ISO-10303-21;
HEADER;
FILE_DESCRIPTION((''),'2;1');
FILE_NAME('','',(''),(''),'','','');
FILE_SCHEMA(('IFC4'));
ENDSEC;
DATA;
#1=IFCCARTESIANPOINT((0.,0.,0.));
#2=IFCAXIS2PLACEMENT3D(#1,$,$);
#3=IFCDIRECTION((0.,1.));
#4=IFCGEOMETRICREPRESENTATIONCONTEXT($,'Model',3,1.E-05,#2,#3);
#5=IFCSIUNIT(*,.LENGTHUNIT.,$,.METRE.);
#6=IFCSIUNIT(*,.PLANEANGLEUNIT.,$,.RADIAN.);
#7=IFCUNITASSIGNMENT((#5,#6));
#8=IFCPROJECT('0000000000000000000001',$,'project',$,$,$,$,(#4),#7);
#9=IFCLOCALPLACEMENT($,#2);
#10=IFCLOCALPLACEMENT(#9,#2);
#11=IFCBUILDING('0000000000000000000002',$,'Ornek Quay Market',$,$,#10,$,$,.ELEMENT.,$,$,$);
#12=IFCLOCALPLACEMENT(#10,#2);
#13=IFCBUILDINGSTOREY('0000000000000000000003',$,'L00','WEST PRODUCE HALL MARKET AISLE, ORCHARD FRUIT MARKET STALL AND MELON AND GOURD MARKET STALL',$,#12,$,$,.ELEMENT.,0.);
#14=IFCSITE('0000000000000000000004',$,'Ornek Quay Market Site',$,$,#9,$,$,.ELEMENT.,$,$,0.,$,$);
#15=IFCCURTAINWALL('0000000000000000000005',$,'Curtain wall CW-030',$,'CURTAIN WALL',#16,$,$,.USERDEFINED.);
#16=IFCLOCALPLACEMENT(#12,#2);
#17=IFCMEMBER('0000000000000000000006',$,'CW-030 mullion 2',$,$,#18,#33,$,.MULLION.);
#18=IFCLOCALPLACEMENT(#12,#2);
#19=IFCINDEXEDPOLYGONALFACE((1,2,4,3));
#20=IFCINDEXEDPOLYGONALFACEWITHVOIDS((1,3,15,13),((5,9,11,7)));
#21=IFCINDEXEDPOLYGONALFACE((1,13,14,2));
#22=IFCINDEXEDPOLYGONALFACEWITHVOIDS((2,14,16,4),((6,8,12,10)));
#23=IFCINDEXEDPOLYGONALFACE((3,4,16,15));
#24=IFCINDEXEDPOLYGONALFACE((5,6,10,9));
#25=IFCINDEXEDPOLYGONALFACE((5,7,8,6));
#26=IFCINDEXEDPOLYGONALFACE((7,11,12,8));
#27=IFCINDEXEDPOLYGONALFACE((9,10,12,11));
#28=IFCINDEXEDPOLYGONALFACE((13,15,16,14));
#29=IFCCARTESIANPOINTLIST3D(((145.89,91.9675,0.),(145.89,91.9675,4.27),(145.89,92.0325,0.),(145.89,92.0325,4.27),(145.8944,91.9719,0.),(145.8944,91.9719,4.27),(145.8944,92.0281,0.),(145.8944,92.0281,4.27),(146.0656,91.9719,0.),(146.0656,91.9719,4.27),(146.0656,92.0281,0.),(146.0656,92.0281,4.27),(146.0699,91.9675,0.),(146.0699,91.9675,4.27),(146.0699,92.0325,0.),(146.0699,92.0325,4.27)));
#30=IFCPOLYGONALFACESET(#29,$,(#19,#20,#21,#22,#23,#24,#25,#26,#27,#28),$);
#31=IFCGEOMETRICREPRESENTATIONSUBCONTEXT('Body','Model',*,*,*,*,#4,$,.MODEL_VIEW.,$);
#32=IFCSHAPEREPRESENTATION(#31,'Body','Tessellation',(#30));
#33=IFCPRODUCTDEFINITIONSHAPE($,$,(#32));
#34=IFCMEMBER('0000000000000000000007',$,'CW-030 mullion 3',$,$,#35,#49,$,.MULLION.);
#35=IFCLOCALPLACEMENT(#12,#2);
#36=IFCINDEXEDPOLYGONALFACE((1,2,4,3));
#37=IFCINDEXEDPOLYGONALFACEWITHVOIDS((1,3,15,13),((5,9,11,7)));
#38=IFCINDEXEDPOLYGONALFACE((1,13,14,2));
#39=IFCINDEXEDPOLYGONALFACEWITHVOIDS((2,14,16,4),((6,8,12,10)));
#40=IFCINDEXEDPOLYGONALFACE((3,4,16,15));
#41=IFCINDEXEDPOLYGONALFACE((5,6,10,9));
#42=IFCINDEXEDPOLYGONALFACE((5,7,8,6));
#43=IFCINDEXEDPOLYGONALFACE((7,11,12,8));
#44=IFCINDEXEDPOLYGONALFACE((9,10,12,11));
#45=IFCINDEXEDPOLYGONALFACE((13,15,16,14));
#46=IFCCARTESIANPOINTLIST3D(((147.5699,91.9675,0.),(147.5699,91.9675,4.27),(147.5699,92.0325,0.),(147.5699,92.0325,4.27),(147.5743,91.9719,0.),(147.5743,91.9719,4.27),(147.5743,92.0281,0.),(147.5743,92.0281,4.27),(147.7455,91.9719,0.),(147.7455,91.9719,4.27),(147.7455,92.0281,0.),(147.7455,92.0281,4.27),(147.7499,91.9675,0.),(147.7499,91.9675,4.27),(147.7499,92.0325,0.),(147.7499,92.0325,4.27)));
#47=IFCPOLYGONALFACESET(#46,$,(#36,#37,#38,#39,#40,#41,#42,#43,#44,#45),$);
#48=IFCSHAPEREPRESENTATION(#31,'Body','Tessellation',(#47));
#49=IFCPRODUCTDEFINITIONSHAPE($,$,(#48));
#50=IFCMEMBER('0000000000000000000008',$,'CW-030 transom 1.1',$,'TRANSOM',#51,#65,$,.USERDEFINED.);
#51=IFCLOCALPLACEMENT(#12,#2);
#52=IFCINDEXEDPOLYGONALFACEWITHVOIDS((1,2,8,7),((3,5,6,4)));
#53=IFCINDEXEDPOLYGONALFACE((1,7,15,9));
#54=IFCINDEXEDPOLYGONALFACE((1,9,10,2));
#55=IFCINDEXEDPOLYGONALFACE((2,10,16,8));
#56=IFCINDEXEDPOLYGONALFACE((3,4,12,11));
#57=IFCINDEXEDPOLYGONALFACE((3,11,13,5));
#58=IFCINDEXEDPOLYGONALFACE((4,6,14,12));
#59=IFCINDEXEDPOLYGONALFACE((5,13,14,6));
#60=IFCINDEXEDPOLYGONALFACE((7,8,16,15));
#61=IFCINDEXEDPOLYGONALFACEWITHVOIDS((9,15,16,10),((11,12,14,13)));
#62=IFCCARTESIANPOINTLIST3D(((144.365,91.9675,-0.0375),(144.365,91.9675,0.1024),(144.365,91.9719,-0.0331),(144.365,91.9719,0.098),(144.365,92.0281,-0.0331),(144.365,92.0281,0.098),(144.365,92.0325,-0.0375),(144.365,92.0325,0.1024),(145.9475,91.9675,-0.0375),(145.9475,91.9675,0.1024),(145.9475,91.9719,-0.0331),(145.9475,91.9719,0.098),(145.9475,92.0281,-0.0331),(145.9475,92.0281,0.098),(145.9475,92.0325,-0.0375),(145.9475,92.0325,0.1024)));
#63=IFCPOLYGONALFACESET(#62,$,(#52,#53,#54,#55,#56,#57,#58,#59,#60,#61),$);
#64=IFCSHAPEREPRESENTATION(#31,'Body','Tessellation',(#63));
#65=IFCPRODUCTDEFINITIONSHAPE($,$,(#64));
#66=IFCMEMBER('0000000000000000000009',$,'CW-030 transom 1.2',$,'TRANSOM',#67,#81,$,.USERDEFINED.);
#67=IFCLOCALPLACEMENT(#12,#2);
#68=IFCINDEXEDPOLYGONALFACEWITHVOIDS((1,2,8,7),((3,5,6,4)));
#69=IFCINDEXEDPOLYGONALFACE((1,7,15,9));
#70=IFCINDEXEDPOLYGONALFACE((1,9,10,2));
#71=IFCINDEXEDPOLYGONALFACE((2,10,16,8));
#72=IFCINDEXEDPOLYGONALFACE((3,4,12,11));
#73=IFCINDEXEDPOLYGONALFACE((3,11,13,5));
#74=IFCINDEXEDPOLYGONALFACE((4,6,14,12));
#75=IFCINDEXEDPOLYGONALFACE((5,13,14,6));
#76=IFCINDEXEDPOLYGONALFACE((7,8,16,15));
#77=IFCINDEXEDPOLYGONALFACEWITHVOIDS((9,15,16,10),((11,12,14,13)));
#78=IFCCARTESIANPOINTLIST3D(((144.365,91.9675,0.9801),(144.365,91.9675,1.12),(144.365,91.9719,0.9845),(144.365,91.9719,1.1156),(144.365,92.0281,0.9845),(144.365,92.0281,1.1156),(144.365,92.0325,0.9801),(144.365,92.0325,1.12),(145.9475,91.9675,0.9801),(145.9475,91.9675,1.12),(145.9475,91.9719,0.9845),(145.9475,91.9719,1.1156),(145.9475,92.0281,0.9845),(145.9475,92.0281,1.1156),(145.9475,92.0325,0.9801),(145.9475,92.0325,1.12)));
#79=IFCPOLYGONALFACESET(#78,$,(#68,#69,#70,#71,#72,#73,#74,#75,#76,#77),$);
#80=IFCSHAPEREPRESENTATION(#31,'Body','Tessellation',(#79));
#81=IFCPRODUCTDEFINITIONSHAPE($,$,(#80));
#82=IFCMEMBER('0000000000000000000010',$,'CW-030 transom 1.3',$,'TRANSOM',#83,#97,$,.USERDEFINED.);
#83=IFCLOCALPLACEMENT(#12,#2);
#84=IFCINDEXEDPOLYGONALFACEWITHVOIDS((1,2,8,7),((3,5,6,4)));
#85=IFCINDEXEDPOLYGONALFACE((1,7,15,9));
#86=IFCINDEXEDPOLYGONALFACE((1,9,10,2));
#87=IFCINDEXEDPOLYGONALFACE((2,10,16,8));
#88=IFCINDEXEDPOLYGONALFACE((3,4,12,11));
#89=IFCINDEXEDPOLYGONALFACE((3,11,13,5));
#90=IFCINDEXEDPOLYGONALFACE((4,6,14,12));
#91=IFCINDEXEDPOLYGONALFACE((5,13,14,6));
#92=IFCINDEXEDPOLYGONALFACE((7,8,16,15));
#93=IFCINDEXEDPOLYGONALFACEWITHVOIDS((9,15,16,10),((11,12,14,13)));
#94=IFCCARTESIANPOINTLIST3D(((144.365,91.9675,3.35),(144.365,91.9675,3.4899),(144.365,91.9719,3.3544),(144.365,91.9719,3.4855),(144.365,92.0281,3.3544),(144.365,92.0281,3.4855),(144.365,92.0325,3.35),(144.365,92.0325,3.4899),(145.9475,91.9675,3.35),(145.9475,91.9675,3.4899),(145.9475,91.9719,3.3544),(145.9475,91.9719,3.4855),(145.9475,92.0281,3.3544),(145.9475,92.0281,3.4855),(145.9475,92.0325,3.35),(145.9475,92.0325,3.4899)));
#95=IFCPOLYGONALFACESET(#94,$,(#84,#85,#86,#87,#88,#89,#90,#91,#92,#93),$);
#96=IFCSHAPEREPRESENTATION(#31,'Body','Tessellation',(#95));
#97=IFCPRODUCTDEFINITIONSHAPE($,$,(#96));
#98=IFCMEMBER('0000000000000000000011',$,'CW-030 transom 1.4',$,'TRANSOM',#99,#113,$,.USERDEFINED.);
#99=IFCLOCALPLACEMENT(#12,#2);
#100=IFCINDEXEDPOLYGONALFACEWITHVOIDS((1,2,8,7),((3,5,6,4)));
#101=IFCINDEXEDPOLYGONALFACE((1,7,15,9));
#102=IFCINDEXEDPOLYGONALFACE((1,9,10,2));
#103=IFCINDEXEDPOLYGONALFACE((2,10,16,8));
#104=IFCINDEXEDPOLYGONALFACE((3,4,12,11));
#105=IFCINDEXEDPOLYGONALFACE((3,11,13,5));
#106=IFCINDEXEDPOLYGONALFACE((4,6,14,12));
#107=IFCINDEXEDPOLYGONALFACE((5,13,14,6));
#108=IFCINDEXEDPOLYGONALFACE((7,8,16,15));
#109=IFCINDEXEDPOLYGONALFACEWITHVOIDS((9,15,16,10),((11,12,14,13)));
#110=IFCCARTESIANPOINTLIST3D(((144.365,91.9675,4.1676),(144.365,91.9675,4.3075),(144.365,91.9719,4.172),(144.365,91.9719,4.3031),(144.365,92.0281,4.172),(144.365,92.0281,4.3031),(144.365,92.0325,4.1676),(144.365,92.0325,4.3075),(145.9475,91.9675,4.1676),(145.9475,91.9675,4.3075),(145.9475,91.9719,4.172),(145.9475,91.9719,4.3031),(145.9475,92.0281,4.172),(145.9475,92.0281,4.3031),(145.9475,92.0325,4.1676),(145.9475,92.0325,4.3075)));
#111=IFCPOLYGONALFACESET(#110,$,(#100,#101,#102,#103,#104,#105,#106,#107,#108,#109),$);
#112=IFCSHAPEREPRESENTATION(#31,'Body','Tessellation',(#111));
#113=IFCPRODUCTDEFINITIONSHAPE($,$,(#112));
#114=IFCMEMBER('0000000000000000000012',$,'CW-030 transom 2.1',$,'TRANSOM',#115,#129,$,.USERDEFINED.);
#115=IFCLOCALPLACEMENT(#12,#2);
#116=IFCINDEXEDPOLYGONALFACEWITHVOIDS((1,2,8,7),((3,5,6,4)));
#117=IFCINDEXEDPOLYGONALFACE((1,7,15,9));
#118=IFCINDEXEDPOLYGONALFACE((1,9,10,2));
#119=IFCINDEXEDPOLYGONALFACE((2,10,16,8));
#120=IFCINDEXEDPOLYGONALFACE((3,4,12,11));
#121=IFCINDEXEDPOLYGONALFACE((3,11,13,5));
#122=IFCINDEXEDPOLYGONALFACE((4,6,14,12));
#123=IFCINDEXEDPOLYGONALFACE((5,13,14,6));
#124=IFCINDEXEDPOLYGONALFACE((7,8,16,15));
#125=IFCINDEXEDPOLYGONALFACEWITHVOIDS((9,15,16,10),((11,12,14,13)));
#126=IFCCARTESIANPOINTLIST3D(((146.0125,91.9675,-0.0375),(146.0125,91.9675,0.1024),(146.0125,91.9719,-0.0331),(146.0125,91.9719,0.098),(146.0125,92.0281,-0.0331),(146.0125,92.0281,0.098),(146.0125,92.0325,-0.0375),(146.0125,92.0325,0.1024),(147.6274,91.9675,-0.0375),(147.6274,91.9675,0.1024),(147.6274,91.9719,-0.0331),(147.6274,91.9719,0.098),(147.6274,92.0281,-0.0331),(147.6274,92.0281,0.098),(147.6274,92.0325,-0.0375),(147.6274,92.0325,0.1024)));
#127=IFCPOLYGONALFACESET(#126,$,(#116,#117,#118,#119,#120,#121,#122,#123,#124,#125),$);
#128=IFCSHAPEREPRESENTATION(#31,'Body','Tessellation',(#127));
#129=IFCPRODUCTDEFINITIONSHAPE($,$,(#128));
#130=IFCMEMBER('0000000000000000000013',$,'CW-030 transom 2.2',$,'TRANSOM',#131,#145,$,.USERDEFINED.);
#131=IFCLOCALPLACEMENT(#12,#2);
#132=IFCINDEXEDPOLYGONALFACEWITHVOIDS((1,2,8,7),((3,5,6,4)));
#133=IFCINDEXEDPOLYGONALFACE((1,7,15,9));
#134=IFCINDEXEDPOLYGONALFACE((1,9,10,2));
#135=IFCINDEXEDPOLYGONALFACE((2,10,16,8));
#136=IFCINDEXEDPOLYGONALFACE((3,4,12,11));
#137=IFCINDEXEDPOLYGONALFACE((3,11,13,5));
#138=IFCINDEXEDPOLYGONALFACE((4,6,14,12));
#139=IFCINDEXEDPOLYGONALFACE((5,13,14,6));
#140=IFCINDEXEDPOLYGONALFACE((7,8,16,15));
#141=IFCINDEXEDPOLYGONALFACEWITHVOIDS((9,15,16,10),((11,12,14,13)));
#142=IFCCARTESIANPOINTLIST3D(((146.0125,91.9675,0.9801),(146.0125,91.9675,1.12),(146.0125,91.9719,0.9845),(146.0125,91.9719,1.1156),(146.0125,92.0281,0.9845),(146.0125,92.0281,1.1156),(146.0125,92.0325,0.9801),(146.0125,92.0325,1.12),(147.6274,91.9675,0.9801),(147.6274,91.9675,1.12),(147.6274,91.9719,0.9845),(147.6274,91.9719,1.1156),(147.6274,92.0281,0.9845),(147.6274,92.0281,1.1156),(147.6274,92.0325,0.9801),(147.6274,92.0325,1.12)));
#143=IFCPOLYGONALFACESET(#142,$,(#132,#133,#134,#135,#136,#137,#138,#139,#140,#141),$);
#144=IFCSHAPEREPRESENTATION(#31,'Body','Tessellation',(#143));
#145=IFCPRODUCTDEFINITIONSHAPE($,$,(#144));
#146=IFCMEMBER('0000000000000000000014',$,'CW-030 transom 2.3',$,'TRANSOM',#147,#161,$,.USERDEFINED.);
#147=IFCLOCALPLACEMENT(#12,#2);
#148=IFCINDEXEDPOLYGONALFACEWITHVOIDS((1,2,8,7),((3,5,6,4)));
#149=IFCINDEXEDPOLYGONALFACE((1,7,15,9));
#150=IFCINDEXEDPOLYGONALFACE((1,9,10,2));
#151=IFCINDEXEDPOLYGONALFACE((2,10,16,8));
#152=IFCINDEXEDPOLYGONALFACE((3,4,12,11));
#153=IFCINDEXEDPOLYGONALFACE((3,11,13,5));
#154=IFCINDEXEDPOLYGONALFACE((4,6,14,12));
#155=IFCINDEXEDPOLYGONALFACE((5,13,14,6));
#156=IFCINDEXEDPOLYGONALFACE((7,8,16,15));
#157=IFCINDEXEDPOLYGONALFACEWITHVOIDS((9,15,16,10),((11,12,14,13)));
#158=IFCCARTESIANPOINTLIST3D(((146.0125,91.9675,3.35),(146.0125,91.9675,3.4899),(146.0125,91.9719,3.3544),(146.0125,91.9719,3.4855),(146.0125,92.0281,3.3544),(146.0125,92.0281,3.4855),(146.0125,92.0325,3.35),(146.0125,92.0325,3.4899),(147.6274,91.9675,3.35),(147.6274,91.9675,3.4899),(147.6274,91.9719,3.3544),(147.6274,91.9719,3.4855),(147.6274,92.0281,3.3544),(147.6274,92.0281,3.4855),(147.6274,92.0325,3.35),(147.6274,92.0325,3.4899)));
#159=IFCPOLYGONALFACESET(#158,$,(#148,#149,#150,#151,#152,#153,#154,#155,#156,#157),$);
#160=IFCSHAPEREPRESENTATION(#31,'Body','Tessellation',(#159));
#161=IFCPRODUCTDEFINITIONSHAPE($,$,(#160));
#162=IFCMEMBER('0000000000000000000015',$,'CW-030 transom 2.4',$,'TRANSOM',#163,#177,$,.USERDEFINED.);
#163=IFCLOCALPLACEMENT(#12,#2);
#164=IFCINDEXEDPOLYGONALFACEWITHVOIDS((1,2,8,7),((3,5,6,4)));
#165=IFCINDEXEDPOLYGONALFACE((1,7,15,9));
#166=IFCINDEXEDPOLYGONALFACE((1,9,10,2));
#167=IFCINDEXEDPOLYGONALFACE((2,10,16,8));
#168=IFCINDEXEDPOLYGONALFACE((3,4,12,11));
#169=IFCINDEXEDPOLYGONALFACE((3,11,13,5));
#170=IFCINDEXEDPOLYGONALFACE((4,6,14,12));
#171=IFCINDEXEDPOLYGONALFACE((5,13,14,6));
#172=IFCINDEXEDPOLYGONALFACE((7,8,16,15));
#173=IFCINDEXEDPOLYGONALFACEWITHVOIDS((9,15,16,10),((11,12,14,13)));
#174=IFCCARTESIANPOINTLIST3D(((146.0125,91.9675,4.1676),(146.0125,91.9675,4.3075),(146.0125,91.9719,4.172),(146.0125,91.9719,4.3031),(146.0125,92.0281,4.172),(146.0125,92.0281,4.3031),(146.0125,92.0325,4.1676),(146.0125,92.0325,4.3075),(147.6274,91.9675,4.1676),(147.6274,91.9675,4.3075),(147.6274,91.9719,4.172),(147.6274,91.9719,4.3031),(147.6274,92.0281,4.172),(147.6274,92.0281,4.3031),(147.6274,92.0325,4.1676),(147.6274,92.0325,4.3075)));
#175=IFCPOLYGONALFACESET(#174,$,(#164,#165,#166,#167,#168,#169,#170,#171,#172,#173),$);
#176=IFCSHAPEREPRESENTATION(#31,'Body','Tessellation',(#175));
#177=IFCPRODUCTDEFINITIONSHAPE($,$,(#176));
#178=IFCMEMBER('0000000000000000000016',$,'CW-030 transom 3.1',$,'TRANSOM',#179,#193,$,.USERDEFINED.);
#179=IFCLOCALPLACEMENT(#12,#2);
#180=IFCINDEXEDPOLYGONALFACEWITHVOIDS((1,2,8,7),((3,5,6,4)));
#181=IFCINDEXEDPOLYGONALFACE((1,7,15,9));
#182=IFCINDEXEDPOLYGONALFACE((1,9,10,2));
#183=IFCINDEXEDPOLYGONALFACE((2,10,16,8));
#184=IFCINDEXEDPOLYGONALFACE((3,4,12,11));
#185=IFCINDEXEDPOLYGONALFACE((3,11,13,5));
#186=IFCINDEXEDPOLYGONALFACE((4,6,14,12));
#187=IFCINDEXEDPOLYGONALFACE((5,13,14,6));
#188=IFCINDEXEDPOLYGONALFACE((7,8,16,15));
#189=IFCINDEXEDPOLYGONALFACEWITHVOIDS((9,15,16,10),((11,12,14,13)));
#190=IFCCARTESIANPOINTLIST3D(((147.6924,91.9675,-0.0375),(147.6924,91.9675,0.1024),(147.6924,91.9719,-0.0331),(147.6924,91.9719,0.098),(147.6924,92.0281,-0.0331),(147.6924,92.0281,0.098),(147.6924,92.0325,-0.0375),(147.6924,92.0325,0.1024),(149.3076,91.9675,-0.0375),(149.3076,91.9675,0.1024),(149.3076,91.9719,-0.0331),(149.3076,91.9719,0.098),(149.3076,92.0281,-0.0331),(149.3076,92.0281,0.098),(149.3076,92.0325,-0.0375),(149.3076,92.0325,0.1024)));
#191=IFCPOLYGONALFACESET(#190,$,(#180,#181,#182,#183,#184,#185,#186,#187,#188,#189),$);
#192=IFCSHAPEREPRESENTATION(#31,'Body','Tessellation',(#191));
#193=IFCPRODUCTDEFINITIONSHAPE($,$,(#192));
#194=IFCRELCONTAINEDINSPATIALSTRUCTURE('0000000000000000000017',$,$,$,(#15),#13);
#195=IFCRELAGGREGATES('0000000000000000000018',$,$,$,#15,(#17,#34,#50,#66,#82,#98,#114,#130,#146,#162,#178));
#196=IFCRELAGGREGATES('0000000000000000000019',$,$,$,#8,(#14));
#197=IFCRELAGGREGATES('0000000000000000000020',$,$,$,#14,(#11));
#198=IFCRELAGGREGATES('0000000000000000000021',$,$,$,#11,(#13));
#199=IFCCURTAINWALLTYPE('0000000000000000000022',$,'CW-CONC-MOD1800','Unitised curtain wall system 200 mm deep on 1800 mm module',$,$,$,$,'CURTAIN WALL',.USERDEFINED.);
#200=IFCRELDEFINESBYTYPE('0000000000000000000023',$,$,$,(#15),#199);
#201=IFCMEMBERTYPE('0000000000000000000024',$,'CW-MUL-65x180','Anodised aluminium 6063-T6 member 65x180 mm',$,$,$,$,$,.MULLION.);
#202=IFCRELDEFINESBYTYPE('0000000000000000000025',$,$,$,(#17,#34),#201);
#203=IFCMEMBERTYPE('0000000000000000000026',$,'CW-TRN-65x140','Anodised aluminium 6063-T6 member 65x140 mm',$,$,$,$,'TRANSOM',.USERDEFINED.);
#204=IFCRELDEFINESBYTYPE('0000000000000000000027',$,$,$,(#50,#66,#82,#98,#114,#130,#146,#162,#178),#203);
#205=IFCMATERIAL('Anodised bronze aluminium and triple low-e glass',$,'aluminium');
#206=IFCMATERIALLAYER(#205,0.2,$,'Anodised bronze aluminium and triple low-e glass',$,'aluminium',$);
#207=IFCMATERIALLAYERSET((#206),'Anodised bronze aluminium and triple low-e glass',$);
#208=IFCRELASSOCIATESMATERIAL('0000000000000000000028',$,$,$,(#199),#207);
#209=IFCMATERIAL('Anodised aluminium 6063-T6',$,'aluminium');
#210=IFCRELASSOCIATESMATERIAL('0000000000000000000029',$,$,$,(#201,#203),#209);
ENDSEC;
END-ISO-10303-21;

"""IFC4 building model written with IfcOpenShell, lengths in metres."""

from ifc_helpers import new_model, si_unit, direction, frame, origin, origin_2d, place, context, subcontext, project, spatial, hollow_rectangle, extrude, material, layer, layer_set, material_profile, profile_set, type_object, element, aggregate, save


model = new_model("IFC4")

# Units and contexts
model_context = context("Model", 3, precision=1e-05, world=origin(), true_north=direction((0.0, 1.0)))
body_context = subcontext(model_context, "Body", "Model", "MODEL_VIEW")
ifc_project = project(units=[si_unit("LENGTHUNIT", "METRE"), si_unit("PLANEANGLEUNIT", "RADIAN")], contexts=[model_context])

# Site, building, storey
site_placement = place(None, origin())
site = spatial("IfcSite", under=ifc_project, at=site_placement, Name="Ornek Quay Market Site", CompositionType="ELEMENT", RefElevation=0.0)
building_placement = place(site_placement, origin())
building = spatial("IfcBuilding", under=site, at=building_placement, Name="Ornek Quay Market", CompositionType="ELEMENT")
storey_placement = place(building_placement, origin())
storey = spatial("IfcBuildingStorey", under=building, at=storey_placement, Name="L00", Description="WEST PRODUCE HALL MARKET AISLE, ORCHARD FRUIT MARKET STALL AND MELON AND GOURD MARKET STALL", CompositionType="ELEMENT", Elevation=0.0)

# Curtain wall, members
ifc_material_1 = material(Name="Anodised bronze aluminium and triple low-e glass", Category="aluminium")
ifc_layer_1 = layer(ifc_material_1, 0.2, Name="Anodised bronze aluminium and triple low-e glass", Category="aluminium")
ifc_layer_set_1 = layer_set([ifc_layer_1], Name="Anodised bronze aluminium and triple low-e glass")
curtain_wall_type = type_object("IfcCurtainWallType", Name="CW-CONC-MOD1800", Description="Unitised curtain wall system 200 mm deep on 1800 mm module", ElementType="CURTAIN WALL", PredefinedType="USERDEFINED", material=ifc_layer_set_1)
curtain_wall_placement = place(storey_placement, origin())
curtain_wall = element("IfcCurtainWall", 1, at=curtain_wall_placement, inside=storey, type_object=curtain_wall_type, Name="Curtain wall CW-030", ObjectType="CURTAIN WALL", PredefinedType="USERDEFINED")
ifc_material_2 = material(Name="Anodised aluminium 6063-T6", Category="aluminium")
ifc_material_profile_1 = material_profile(ifc_material_2, hollow_rectangle(XDim=0.0649, YDim=0.1799, WallThickness=0.0044, at=origin_2d()), Name="CW-MUL-65x180", Category="aluminium")
ifc_profile_set_1 = profile_set([ifc_material_profile_1], Name="Anodised aluminium 6063-T6")
member_type_1 = type_object("IfcMemberType", Name="CW-MUL-65x180", Description="Anodised aluminium 6063-T6 member 65x180 mm", PredefinedType="MULLION", material=ifc_profile_set_1)
member_1_placement = place(storey_placement, frame((145.98, 92.0, 0.0), z_axis=(0.0, 0.0, 1.0), x_axis=(0.0, 1.0, 0.0)))
member_1 = element("IfcMember", 2, at=member_1_placement, type_object=member_type_1, Name="CW-030 mullion 2", PredefinedType="MULLION", context=body_context, shape_type="SweptSolid", body=[
    extrude(hollow_rectangle(XDim=0.0649, YDim=0.1799, WallThickness=0.0044, at=origin_2d()), origin(), (0.0, 0.0, 1.0), 4.27),
])
member_2_placement = place(storey_placement, frame((147.6599, 92.0, 0.0), z_axis=(0.0, 0.0, 1.0), x_axis=(0.0, 1.0, 0.0)))
member_2 = element("IfcMember", 3, at=member_2_placement, type_object=member_type_1, Name="CW-030 mullion 3", PredefinedType="MULLION", context=body_context, shape_type="SweptSolid", body=[
    extrude(hollow_rectangle(XDim=0.0649, YDim=0.1799, WallThickness=0.0044, at=origin_2d()), origin(), (0.0, 0.0, 1.0), 4.27),
])
ifc_material_profile_2 = material_profile(ifc_material_2, hollow_rectangle(XDim=0.0649, YDim=0.1399, WallThickness=0.0044, at=origin_2d()), Name="CW-TRN-65x140", Category="aluminium")
ifc_profile_set_2 = profile_set([ifc_material_profile_2], Name="Anodised aluminium 6063-T6")
member_type_2 = type_object("IfcMemberType", Name="CW-TRN-65x140", Description="Anodised aluminium 6063-T6 member 65x140 mm", ElementType="TRANSOM", PredefinedType="USERDEFINED", material=ifc_profile_set_2)
member_3_placement = place(storey_placement, frame((144.365, 92.0, 0.0325), z_axis=(1.0, 0.0, 0.0), x_axis=(0.0, 1.0, 0.0)))
member_3 = element("IfcMember", 4, at=member_3_placement, type_object=member_type_2, Name="CW-030 transom 1.1", ObjectType="TRANSOM", PredefinedType="USERDEFINED", context=body_context, shape_type="SweptSolid", body=[
    extrude(hollow_rectangle(XDim=0.0649, YDim=0.1399, WallThickness=0.0044, at=origin_2d()), origin(), (0.0, 0.0, 1.0), 1.5825),
])
member_4_placement = place(storey_placement, frame((144.365, 92.0, 1.05), z_axis=(1.0, 0.0, 0.0), x_axis=(0.0, 1.0, 0.0)))
member_4 = element("IfcMember", 5, at=member_4_placement, type_object=member_type_2, Name="CW-030 transom 1.2", ObjectType="TRANSOM", PredefinedType="USERDEFINED", context=body_context, shape_type="SweptSolid", body=[
    extrude(hollow_rectangle(XDim=0.0649, YDim=0.1399, WallThickness=0.0044, at=origin_2d()), origin(), (0.0, 0.0, 1.0), 1.5825),
])
member_5_placement = place(storey_placement, frame((144.365, 92.0, 3.4199), z_axis=(1.0, 0.0, 0.0), x_axis=(0.0, 1.0, 0.0)))
member_5 = element("IfcMember", 6, at=member_5_placement, type_object=member_type_2, Name="CW-030 transom 1.3", ObjectType="TRANSOM", PredefinedType="USERDEFINED", context=body_context, shape_type="SweptSolid", body=[
    extrude(hollow_rectangle(XDim=0.0649, YDim=0.1399, WallThickness=0.0044, at=origin_2d()), origin(), (0.0, 0.0, 1.0), 1.5825),
])
member_6_placement = place(storey_placement, frame((144.365, 92.0, 4.2375), z_axis=(1.0, 0.0, 0.0), x_axis=(0.0, 1.0, 0.0)))
member_6 = element("IfcMember", 7, at=member_6_placement, type_object=member_type_2, Name="CW-030 transom 1.4", ObjectType="TRANSOM", PredefinedType="USERDEFINED", context=body_context, shape_type="SweptSolid", body=[
    extrude(hollow_rectangle(XDim=0.0649, YDim=0.1399, WallThickness=0.0044, at=origin_2d()), origin(), (0.0, 0.0, 1.0), 1.5825),
])
member_7_placement = place(storey_placement, frame((146.0125, 92.0, 0.0325), z_axis=(1.0, 0.0, 0.0), x_axis=(0.0, 1.0, 0.0)))
member_7 = element("IfcMember", 8, at=member_7_placement, type_object=member_type_2, Name="CW-030 transom 2.1", ObjectType="TRANSOM", PredefinedType="USERDEFINED", context=body_context, shape_type="SweptSolid", body=[
    extrude(hollow_rectangle(XDim=0.0649, YDim=0.1399, WallThickness=0.0044, at=origin_2d()), origin(), (0.0, 0.0, 1.0), 1.615),
])
member_8_placement = place(storey_placement, frame((146.0125, 92.0, 1.05), z_axis=(1.0, 0.0, 0.0), x_axis=(0.0, 1.0, 0.0)))
member_8 = element("IfcMember", 9, at=member_8_placement, type_object=member_type_2, Name="CW-030 transom 2.2", ObjectType="TRANSOM", PredefinedType="USERDEFINED", context=body_context, shape_type="SweptSolid", body=[
    extrude(hollow_rectangle(XDim=0.0649, YDim=0.1399, WallThickness=0.0044, at=origin_2d()), origin(), (0.0, 0.0, 1.0), 1.615),
])
member_9_placement = place(storey_placement, frame((146.0125, 92.0, 3.4199), z_axis=(1.0, 0.0, 0.0), x_axis=(0.0, 1.0, 0.0)))
member_9 = element("IfcMember", 10, at=member_9_placement, type_object=member_type_2, Name="CW-030 transom 2.3", ObjectType="TRANSOM", PredefinedType="USERDEFINED", context=body_context, shape_type="SweptSolid", body=[
    extrude(hollow_rectangle(XDim=0.0649, YDim=0.1399, WallThickness=0.0044, at=origin_2d()), origin(), (0.0, 0.0, 1.0), 1.615),
])
member_10_placement = place(storey_placement, frame((146.0125, 92.0, 4.2375), z_axis=(1.0, 0.0, 0.0), x_axis=(0.0, 1.0, 0.0)))
member_10 = element("IfcMember", 11, at=member_10_placement, type_object=member_type_2, Name="CW-030 transom 2.4", ObjectType="TRANSOM", PredefinedType="USERDEFINED", context=body_context, shape_type="SweptSolid", body=[
    extrude(hollow_rectangle(XDim=0.0649, YDim=0.1399, WallThickness=0.0044, at=origin_2d()), origin(), (0.0, 0.0, 1.0), 1.615),
])
member_11_placement = place(storey_placement, frame((147.6924, 92.0, 0.0325), z_axis=(1.0, 0.0, 0.0), x_axis=(0.0, 1.0, 0.0)))
member_11 = element("IfcMember", 12, at=member_11_placement, type_object=member_type_2, Name="CW-030 transom 3.1", ObjectType="TRANSOM", PredefinedType="USERDEFINED", context=body_context, shape_type="SweptSolid", body=[
    extrude(hollow_rectangle(XDim=0.0649, YDim=0.1399, WallThickness=0.0044, at=origin_2d()), origin(), (0.0, 0.0, 1.0), 1.6152),
])
aggregate(curtain_wall, [member_1, member_2, member_3, member_4, member_5, member_6, member_7, member_8, member_9, member_10, member_11])

save(model, "model.ifc")
